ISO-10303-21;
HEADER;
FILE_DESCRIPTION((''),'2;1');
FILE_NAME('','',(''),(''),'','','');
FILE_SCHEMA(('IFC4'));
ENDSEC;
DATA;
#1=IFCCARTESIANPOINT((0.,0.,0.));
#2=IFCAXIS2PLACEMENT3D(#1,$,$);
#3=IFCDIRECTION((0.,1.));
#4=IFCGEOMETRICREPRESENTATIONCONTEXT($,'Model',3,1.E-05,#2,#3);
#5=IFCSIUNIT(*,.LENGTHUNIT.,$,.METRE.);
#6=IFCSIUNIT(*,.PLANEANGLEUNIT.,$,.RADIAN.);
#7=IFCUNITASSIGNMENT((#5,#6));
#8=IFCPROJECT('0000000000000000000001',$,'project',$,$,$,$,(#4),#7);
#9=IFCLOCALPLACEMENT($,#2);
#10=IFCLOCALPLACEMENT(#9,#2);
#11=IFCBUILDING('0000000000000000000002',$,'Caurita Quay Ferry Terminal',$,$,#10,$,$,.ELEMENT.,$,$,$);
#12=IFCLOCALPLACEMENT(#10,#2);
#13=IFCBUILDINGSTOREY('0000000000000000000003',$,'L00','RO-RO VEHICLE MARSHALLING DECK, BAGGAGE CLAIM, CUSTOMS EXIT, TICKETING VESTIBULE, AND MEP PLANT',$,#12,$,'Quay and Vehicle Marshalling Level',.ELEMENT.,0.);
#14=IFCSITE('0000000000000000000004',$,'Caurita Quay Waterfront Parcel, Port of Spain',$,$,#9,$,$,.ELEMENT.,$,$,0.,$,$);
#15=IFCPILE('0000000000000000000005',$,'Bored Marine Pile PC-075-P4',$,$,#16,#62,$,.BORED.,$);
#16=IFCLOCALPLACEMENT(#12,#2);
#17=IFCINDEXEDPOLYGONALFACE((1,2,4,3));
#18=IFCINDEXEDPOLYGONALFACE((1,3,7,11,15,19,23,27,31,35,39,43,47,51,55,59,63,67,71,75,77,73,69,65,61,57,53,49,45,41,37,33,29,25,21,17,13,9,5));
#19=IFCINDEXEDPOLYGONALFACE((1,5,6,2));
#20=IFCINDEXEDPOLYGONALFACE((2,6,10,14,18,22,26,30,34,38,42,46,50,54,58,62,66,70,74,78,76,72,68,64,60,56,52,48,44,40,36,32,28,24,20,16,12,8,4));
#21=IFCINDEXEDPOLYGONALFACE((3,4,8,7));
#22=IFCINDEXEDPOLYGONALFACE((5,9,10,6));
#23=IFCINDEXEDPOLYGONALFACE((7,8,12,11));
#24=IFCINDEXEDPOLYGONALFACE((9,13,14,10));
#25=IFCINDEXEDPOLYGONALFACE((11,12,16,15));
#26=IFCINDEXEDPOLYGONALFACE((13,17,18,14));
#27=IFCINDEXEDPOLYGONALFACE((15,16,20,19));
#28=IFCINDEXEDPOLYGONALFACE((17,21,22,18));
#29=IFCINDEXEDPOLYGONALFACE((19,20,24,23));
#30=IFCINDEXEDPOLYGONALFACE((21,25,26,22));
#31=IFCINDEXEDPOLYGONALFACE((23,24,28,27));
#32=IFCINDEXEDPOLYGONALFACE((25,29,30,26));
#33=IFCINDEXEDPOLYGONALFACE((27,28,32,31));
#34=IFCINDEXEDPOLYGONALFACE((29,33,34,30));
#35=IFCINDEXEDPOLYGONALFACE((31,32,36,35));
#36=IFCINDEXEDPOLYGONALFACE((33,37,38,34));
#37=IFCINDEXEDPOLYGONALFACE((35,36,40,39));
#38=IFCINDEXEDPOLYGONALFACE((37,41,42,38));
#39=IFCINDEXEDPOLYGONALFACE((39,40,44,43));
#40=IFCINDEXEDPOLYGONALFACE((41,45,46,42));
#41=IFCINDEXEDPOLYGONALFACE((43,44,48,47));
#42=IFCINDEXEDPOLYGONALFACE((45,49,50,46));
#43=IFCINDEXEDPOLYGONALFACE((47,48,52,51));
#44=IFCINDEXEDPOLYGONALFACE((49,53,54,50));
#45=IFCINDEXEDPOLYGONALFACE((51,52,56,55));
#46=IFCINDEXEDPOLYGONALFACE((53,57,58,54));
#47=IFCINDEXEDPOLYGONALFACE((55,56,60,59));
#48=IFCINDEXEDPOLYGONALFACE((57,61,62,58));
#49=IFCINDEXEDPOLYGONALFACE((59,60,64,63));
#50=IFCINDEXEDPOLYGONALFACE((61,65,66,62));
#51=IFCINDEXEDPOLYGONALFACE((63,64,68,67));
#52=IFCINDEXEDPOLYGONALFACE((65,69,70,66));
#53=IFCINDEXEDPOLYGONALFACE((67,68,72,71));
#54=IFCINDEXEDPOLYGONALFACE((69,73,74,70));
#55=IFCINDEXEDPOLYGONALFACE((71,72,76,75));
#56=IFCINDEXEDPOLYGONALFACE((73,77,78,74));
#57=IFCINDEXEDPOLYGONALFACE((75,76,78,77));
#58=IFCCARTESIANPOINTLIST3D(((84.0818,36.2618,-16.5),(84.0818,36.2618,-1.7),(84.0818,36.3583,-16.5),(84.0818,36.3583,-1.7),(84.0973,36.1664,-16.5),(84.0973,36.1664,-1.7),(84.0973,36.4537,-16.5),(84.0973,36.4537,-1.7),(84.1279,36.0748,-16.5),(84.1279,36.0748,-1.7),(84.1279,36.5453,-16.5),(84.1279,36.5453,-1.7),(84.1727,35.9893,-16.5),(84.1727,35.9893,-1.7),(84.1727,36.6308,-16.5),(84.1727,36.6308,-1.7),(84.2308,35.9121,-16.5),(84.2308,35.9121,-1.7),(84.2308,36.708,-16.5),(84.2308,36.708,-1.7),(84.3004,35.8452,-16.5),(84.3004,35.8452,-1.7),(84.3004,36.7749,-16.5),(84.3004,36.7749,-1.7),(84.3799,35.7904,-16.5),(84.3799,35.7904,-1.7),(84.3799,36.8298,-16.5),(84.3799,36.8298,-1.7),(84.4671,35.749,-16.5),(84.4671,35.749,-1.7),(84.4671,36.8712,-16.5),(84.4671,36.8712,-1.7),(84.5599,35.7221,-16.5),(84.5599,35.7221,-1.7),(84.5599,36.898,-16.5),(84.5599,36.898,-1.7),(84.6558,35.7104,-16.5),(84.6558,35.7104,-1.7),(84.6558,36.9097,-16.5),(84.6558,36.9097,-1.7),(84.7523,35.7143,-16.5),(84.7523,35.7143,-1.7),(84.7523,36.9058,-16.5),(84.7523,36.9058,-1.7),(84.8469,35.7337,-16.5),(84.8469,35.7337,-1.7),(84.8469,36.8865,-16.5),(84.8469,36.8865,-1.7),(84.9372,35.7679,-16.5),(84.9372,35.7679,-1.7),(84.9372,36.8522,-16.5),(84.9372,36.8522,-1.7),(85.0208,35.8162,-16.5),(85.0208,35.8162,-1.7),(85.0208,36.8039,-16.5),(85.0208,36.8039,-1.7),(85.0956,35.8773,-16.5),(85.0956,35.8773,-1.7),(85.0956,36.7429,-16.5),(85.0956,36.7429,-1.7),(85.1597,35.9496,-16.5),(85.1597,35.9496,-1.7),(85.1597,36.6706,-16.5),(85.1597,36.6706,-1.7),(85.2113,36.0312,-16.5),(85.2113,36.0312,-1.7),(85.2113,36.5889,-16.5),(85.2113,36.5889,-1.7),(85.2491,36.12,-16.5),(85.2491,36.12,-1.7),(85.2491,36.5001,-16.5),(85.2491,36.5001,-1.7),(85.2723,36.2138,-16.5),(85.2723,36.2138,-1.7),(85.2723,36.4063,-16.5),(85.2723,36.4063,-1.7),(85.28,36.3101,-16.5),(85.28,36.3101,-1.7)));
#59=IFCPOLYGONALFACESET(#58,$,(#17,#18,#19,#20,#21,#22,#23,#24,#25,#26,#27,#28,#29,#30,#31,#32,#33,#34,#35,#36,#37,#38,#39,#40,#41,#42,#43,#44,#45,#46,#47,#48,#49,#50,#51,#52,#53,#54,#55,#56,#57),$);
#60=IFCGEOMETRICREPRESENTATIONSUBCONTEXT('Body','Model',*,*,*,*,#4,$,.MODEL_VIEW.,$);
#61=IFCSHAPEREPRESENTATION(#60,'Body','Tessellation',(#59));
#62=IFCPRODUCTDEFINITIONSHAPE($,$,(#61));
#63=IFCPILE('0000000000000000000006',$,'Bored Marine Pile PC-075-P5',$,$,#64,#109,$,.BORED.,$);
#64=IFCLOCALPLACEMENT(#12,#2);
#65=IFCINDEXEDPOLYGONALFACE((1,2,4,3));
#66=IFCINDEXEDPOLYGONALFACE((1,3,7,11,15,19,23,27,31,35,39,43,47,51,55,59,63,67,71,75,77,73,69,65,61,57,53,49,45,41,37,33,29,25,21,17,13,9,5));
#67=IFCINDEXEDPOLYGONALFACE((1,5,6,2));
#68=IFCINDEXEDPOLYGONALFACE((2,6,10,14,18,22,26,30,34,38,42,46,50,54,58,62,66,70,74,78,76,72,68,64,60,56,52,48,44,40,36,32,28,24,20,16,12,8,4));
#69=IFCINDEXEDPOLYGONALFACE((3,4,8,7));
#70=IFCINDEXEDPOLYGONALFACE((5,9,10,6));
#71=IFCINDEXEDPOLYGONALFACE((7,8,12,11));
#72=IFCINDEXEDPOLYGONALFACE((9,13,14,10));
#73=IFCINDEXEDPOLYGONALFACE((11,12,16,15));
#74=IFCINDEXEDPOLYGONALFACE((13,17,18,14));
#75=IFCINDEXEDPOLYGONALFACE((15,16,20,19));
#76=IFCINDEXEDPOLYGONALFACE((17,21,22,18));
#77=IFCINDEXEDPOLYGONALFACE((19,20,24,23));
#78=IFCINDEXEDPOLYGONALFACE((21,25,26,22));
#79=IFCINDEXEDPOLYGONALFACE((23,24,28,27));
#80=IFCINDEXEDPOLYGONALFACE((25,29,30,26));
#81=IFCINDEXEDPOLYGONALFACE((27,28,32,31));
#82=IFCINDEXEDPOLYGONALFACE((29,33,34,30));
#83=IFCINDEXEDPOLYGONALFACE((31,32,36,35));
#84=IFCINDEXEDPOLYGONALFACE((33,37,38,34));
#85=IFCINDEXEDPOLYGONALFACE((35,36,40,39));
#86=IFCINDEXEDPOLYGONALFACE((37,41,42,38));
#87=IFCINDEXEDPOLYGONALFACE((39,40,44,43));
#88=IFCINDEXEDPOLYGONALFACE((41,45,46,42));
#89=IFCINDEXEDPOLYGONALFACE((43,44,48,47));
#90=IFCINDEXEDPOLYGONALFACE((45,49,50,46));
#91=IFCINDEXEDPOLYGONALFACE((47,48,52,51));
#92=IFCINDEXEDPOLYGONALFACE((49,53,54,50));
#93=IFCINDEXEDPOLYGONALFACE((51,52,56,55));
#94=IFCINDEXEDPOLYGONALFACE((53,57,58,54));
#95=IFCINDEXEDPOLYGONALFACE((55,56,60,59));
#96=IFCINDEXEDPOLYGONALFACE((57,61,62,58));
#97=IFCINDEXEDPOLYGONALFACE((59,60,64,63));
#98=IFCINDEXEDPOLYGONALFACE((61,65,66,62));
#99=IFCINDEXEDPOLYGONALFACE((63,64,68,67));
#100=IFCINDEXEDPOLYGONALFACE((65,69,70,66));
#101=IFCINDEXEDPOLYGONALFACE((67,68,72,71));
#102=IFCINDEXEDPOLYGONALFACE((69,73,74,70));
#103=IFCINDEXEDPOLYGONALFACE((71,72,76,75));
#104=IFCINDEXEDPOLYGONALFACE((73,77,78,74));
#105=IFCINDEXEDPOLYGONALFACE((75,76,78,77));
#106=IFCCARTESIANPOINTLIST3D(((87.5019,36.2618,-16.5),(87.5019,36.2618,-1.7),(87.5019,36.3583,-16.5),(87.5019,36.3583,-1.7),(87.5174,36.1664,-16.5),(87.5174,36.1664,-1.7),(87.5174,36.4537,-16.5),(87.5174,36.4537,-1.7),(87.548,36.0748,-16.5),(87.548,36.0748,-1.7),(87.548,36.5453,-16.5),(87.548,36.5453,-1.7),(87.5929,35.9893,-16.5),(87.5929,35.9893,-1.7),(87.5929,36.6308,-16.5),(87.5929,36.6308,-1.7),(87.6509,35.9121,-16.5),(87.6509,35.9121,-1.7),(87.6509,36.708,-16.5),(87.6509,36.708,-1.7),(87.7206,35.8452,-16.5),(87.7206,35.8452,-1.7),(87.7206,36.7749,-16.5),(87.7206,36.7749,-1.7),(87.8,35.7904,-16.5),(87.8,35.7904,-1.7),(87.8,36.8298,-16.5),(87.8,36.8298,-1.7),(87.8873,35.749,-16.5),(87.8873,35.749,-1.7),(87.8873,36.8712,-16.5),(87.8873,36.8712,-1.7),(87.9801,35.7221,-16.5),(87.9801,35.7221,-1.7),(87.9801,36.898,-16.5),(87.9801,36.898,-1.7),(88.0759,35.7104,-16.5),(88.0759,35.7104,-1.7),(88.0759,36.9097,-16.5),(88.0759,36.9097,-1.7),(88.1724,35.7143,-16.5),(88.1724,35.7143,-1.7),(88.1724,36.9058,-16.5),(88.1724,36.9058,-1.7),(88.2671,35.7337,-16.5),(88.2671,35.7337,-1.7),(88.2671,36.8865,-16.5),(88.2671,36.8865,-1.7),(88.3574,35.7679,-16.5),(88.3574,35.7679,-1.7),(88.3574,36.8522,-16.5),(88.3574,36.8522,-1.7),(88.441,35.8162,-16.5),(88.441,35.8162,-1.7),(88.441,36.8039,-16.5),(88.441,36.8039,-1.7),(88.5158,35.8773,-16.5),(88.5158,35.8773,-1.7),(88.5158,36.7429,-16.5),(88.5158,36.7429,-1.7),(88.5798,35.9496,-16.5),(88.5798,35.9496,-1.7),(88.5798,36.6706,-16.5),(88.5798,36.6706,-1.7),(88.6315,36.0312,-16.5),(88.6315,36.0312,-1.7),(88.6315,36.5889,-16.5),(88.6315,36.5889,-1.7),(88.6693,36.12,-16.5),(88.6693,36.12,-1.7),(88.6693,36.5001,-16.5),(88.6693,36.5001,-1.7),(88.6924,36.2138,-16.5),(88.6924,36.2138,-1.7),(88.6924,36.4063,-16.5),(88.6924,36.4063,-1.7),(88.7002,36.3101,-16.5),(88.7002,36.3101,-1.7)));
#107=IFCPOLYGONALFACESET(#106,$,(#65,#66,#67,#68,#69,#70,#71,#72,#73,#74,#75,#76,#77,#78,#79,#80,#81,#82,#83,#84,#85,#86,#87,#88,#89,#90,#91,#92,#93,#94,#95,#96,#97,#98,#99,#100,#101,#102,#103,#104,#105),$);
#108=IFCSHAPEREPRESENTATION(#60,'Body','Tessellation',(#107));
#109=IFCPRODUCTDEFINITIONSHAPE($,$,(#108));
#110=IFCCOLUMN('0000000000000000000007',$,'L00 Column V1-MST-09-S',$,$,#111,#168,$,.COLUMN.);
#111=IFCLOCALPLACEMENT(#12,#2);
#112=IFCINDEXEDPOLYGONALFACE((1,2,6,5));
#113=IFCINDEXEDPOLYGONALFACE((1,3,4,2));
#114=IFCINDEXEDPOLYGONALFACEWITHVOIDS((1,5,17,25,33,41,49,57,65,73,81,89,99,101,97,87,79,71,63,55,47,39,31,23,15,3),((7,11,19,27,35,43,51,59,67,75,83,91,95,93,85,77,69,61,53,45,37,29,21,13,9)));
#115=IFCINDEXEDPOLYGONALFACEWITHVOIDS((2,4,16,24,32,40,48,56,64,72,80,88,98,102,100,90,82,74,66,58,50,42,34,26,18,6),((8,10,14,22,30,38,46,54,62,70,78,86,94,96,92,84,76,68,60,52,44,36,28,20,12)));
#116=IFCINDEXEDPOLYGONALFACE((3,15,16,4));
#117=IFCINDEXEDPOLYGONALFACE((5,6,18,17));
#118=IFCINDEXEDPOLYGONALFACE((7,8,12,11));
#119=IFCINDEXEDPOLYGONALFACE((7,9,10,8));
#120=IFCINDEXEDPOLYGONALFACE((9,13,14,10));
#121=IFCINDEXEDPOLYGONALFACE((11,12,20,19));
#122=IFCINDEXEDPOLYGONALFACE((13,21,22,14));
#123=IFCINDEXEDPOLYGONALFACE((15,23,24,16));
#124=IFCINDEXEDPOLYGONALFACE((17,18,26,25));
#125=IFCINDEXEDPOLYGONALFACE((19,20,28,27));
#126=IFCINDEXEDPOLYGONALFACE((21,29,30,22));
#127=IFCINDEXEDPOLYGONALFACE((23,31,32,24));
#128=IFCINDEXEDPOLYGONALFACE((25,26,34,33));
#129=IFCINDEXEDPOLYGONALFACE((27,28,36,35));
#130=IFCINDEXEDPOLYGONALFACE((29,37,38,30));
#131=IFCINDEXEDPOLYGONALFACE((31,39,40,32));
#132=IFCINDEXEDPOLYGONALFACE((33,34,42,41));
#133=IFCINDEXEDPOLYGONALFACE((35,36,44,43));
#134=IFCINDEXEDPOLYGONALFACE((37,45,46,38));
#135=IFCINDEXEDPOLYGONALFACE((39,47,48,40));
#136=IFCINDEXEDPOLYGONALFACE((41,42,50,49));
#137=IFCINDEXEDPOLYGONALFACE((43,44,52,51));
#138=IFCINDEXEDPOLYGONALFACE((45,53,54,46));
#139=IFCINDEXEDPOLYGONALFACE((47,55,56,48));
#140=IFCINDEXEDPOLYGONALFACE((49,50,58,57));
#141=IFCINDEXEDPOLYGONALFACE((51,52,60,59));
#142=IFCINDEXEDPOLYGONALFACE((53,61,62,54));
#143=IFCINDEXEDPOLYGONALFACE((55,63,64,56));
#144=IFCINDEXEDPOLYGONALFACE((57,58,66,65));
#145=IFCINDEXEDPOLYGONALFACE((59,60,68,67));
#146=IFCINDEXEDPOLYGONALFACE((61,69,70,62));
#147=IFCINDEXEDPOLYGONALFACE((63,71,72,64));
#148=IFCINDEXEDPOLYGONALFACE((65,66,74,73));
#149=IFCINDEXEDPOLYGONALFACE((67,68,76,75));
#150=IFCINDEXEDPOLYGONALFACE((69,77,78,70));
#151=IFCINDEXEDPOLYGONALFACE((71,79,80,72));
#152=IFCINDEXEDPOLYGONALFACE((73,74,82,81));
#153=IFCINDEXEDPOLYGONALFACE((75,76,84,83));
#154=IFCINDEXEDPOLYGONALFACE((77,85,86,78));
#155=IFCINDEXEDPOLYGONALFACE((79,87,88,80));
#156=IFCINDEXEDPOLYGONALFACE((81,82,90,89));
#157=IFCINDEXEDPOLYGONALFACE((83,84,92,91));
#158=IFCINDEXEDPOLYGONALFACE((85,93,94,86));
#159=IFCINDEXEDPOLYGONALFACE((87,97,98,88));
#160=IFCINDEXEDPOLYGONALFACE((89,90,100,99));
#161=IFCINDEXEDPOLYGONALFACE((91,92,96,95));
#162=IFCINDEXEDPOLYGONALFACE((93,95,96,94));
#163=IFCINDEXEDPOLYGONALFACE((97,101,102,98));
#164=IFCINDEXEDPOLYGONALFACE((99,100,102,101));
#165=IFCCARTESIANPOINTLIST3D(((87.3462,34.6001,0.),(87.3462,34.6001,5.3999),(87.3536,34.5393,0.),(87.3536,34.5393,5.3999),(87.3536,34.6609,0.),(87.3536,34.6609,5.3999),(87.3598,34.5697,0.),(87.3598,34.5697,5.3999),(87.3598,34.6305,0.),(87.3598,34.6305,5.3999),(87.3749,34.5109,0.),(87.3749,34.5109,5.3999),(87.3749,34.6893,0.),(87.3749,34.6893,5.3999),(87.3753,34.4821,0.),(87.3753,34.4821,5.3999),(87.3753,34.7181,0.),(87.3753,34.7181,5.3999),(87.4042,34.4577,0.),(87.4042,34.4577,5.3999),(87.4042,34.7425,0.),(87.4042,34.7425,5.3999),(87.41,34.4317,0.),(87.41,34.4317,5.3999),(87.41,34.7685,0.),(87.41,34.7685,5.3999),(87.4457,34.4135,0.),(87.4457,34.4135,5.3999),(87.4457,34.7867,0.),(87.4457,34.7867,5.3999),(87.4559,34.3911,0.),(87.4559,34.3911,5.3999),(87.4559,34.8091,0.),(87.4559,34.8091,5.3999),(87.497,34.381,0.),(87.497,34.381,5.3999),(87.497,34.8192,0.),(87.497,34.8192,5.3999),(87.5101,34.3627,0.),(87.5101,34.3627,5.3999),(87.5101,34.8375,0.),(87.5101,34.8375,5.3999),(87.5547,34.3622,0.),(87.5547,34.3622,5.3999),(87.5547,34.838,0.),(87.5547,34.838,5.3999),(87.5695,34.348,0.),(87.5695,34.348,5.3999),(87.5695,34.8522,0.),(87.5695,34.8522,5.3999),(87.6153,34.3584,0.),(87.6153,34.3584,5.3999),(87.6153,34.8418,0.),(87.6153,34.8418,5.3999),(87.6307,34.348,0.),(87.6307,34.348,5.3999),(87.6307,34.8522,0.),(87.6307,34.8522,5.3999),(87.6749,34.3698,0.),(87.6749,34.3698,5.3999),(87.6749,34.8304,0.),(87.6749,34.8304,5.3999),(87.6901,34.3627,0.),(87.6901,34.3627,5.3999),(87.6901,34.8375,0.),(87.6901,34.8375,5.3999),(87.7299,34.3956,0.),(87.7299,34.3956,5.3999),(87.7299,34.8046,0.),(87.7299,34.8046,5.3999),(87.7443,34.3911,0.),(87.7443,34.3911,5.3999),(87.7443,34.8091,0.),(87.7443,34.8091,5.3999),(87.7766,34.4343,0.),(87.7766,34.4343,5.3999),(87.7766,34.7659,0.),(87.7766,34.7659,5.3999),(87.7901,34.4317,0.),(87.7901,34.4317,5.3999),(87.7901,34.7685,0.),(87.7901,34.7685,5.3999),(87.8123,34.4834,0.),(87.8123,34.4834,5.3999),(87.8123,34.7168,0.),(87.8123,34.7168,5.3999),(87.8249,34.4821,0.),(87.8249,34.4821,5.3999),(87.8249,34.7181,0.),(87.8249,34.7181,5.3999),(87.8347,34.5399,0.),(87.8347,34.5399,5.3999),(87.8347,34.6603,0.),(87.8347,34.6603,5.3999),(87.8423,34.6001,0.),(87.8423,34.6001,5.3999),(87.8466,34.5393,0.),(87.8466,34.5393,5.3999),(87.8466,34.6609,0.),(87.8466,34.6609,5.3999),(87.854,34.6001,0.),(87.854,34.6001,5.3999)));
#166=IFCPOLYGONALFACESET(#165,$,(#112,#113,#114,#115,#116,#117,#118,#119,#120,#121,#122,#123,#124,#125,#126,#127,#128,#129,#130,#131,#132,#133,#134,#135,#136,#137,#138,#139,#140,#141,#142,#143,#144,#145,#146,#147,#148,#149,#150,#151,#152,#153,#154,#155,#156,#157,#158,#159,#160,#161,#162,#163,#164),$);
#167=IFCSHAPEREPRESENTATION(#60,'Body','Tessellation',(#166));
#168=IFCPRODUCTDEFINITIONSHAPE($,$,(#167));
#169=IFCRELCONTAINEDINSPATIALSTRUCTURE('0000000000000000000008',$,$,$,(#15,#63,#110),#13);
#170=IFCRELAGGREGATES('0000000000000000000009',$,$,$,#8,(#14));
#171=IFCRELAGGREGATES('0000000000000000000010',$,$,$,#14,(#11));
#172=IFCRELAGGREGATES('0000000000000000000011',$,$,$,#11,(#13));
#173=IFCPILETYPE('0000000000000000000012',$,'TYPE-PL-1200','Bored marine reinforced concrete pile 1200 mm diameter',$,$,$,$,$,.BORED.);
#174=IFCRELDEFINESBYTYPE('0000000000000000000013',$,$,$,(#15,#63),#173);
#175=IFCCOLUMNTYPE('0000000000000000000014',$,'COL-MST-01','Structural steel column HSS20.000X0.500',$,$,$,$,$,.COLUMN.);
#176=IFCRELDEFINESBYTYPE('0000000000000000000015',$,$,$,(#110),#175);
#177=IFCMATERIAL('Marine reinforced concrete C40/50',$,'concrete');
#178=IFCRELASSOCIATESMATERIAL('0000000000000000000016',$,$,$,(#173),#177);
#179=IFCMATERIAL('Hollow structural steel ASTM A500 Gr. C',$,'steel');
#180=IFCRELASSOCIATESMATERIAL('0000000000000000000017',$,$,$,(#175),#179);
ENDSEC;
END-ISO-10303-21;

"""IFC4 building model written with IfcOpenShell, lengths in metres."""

from ifc_helpers import new_model, si_unit, direction, frame, origin, origin_2d, place, context, subcontext, project, spatial, circle, hollow_circle, extrude, material, material_profile, profile_set, type_object, element, save


model = new_model("IFC4")

# Units and contexts
model_context = context("Model", 3, precision=1e-05, world=origin(), true_north=direction((0.0, 1.0)))
body_context = subcontext(model_context, "Body", "Model", "MODEL_VIEW")
ifc_project = project(units=[si_unit("LENGTHUNIT", "METRE"), si_unit("PLANEANGLEUNIT", "RADIAN")], contexts=[model_context])

# Site, building, storey
site_placement = place(None, origin())
site = spatial("IfcSite", under=ifc_project, at=site_placement, Name="Caurita Quay Waterfront Parcel, Port of Spain", CompositionType="ELEMENT", RefElevation=0.0)
building_placement = place(site_placement, origin())
building = spatial("IfcBuilding", under=site, at=building_placement, Name="Caurita Quay Ferry Terminal", CompositionType="ELEMENT")
storey_placement = place(building_placement, origin())
storey = spatial("IfcBuildingStorey", under=building, at=storey_placement, Name="L00", Description="RO-RO VEHICLE MARSHALLING DECK, BAGGAGE CLAIM, CUSTOMS EXIT, TICKETING VESTIBULE, AND MEP PLANT", LongName="Quay and Vehicle Marshalling Level", CompositionType="ELEMENT", Elevation=0.0)

# Piles
ifc_material_1 = material(Name="Marine reinforced concrete C40/50", Category="concrete")
ifc_material_profile_1 = material_profile(ifc_material_1, circle(Radius=0.6001, at=origin_2d()), Name="PILE-D1200")
ifc_profile_set_1 = profile_set([ifc_material_profile_1], Name="Marine reinforced concrete C40/50")
pile_type_1 = type_object("IfcPileType", Name="TYPE-PL-1200", Description="Bored marine reinforced concrete pile 1200 mm diameter", PredefinedType="BORED", material=ifc_profile_set_1)
for number, where, z_axis, x_axis, name in (
    (1, (84.6799, 36.3101, -1.7), (0.0, 0.0, -1.0), (1.0, 0.0, 0.0), "Bored Marine Pile PC-075-P4"),
    (2, (88.1001, 36.3101, -1.7), (0.0, 0.0, -1.0), (1.0, 0.0, 0.0), "Bored Marine Pile PC-075-P5"),
):
    element("IfcPile", number, at=place(storey_placement, frame(where, z_axis=z_axis, x_axis=x_axis)), inside=storey, type_object=pile_type_1, Name=name, PredefinedType="BORED", context=body_context, shape_type="SweptSolid", body=[
        extrude(circle(Radius=0.6001, at=origin_2d()), origin(), (0.0, 0.0, 1.0), 14.8),
    ])

# Column
ifc_material_2 = material(Name="Hollow structural steel ASTM A500 Gr. C", Category="steel")
ifc_material_profile_2 = material_profile(ifc_material_2, hollow_circle(Radius=0.2539, WallThickness=0.0117, at=origin_2d()), Name="HSS20.000X0.500")
ifc_profile_set_2 = profile_set([ifc_material_profile_2], Name="Hollow structural steel ASTM A500 Gr. C")
column_type_1 = type_object("IfcColumnType", Name="COL-MST-01", Description="Structural steel column HSS20.000X0.500", PredefinedType="COLUMN", material=ifc_profile_set_2)
for number, where, z_axis, x_axis, name in (
    (3, (87.6001, 34.6001, 0.0), (0.0, 0.0, 1.0), (1.0, 0.0, 0.0), "L00 Column V1-MST-09-S"),
):
    element("IfcColumn", number, at=place(storey_placement, frame(where, z_axis=z_axis, x_axis=x_axis)), inside=storey, type_object=column_type_1, Name=name, PredefinedType="COLUMN", context=body_context, shape_type="SweptSolid", body=[
        extrude(hollow_circle(Radius=0.2539, WallThickness=0.0117, at=origin_2d()), origin(), (0.0, 0.0, 1.0), 5.3999),
    ])

save(model, "model.ifc")
